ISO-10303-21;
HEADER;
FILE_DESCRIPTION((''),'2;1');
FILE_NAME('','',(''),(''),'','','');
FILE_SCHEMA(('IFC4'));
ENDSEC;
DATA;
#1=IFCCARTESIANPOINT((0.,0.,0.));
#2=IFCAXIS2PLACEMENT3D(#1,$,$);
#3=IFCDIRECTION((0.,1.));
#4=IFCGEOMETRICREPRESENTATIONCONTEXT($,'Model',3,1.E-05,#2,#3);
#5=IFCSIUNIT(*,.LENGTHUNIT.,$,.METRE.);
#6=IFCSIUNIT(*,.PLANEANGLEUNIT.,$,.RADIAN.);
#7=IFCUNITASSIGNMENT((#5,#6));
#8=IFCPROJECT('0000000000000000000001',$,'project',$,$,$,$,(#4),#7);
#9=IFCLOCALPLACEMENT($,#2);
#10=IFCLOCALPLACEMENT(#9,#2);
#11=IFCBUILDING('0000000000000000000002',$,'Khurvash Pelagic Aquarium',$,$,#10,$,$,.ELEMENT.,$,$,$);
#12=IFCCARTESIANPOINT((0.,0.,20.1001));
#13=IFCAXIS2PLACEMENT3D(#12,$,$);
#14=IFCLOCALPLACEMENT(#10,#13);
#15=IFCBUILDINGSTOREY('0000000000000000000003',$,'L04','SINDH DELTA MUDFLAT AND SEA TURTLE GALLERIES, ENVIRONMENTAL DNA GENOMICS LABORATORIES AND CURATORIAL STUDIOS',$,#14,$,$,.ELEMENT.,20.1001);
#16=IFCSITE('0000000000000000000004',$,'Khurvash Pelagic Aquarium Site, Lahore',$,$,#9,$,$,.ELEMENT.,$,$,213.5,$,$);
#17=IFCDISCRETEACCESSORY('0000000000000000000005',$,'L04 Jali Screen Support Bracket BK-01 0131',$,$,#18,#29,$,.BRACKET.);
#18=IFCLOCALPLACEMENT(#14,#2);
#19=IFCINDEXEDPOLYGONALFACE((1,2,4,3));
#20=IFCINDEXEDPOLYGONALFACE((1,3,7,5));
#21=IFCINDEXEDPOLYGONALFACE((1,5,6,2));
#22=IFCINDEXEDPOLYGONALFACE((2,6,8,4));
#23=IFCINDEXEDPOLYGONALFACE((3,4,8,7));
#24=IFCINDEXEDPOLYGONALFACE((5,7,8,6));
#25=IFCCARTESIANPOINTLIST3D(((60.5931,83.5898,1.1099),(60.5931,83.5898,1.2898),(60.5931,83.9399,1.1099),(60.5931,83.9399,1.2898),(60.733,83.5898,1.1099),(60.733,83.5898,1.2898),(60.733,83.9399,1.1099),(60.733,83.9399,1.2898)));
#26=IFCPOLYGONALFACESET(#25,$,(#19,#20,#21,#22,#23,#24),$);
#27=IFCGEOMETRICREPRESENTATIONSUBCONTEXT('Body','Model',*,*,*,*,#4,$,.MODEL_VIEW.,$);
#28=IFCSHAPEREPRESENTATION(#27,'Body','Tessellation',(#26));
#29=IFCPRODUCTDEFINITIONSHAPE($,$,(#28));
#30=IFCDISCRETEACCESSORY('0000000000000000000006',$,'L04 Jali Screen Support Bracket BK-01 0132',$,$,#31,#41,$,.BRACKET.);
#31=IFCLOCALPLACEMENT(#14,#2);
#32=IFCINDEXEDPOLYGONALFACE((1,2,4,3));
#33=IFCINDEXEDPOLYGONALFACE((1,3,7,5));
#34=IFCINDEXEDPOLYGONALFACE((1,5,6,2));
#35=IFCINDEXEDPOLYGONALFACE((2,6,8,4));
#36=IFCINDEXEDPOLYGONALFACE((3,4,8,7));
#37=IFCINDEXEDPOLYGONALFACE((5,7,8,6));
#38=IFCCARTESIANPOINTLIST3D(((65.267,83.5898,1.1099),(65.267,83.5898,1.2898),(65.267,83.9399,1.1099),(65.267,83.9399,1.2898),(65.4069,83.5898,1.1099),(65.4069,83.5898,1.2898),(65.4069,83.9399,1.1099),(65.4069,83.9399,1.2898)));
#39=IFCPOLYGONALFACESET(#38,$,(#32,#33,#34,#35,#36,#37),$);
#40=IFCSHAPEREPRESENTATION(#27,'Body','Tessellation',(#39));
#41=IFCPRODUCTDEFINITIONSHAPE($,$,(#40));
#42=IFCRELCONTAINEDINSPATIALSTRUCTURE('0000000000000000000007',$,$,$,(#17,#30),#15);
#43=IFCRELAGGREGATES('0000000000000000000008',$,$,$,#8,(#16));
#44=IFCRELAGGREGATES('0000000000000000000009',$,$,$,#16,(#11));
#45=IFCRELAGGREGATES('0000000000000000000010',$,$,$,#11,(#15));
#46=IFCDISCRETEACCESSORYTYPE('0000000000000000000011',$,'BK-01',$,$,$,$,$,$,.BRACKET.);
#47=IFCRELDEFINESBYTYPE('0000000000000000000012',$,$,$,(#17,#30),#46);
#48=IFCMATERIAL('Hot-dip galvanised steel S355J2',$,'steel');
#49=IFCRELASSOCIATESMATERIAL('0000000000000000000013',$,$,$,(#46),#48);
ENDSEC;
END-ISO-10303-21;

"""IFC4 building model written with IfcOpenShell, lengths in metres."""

from ifc_helpers import new_model, si_unit, direction, frame, origin, origin_2d, place, context, subcontext, project, spatial, rectangle, extrude, material, type_object, element, save


model = new_model("IFC4")

# Units and contexts
model_context = context("Model", 3, precision=1e-05, world=origin(), true_north=direction((0.0, 1.0)))
body_context = subcontext(model_context, "Body", "Model", "MODEL_VIEW")
ifc_project = project(units=[si_unit("LENGTHUNIT", "METRE"), si_unit("PLANEANGLEUNIT", "RADIAN")], contexts=[model_context])

# Site, building, storey
site_placement = place(None, origin())
site = spatial("IfcSite", under=ifc_project, at=site_placement, Name="Khurvash Pelagic Aquarium Site, Lahore", CompositionType="ELEMENT", RefElevation=213.5)
building_placement = place(site_placement, origin())
building = spatial("IfcBuilding", under=site, at=building_placement, Name="Khurvash Pelagic Aquarium", CompositionType="ELEMENT")
storey_placement = place(building_placement, frame((0.0, 0.0, 20.1001)))
storey = spatial("IfcBuildingStorey", under=building, at=storey_placement, Name="L04", Description="SINDH DELTA MUDFLAT AND SEA TURTLE GALLERIES, ENVIRONMENTAL DNA GENOMICS LABORATORIES AND CURATORIAL STUDIOS", CompositionType="ELEMENT", Elevation=20.1001)

# Discrete accessories
ifc_material_1 = material(Name="Hot-dip galvanised steel S355J2", Category="steel")
discrete_accessory_type = type_object("IfcDiscreteAccessoryType", Name="BK-01", PredefinedType="BRACKET", material=ifc_material_1)
for number, where, z_axis, x_axis, name in (
    (1, (60.6631, 83.7649, 1.1099), (0.0, 0.0, 1.0), (1.0, 0.0, 0.0), "L04 Jali Screen Support Bracket BK-01 0131"),
    (2, (65.3369, 83.7649, 1.1099), (0.0, 0.0, 1.0), (1.0, 0.0, 0.0), "L04 Jali Screen Support Bracket BK-01 0132"),
):
    element("IfcDiscreteAccessory", number, at=place(storey_placement, frame(where, z_axis=z_axis, x_axis=x_axis)), inside=storey, type_object=discrete_accessory_type, Name=name, PredefinedType="BRACKET", context=body_context, shape_type="SweptSolid", body=[
        extrude(rectangle(XDim=0.1399, YDim=0.3501, at=origin_2d()), origin(), (0.0, 0.0, 1.0), 0.1799),
    ])

save(model, "model.ifc")
